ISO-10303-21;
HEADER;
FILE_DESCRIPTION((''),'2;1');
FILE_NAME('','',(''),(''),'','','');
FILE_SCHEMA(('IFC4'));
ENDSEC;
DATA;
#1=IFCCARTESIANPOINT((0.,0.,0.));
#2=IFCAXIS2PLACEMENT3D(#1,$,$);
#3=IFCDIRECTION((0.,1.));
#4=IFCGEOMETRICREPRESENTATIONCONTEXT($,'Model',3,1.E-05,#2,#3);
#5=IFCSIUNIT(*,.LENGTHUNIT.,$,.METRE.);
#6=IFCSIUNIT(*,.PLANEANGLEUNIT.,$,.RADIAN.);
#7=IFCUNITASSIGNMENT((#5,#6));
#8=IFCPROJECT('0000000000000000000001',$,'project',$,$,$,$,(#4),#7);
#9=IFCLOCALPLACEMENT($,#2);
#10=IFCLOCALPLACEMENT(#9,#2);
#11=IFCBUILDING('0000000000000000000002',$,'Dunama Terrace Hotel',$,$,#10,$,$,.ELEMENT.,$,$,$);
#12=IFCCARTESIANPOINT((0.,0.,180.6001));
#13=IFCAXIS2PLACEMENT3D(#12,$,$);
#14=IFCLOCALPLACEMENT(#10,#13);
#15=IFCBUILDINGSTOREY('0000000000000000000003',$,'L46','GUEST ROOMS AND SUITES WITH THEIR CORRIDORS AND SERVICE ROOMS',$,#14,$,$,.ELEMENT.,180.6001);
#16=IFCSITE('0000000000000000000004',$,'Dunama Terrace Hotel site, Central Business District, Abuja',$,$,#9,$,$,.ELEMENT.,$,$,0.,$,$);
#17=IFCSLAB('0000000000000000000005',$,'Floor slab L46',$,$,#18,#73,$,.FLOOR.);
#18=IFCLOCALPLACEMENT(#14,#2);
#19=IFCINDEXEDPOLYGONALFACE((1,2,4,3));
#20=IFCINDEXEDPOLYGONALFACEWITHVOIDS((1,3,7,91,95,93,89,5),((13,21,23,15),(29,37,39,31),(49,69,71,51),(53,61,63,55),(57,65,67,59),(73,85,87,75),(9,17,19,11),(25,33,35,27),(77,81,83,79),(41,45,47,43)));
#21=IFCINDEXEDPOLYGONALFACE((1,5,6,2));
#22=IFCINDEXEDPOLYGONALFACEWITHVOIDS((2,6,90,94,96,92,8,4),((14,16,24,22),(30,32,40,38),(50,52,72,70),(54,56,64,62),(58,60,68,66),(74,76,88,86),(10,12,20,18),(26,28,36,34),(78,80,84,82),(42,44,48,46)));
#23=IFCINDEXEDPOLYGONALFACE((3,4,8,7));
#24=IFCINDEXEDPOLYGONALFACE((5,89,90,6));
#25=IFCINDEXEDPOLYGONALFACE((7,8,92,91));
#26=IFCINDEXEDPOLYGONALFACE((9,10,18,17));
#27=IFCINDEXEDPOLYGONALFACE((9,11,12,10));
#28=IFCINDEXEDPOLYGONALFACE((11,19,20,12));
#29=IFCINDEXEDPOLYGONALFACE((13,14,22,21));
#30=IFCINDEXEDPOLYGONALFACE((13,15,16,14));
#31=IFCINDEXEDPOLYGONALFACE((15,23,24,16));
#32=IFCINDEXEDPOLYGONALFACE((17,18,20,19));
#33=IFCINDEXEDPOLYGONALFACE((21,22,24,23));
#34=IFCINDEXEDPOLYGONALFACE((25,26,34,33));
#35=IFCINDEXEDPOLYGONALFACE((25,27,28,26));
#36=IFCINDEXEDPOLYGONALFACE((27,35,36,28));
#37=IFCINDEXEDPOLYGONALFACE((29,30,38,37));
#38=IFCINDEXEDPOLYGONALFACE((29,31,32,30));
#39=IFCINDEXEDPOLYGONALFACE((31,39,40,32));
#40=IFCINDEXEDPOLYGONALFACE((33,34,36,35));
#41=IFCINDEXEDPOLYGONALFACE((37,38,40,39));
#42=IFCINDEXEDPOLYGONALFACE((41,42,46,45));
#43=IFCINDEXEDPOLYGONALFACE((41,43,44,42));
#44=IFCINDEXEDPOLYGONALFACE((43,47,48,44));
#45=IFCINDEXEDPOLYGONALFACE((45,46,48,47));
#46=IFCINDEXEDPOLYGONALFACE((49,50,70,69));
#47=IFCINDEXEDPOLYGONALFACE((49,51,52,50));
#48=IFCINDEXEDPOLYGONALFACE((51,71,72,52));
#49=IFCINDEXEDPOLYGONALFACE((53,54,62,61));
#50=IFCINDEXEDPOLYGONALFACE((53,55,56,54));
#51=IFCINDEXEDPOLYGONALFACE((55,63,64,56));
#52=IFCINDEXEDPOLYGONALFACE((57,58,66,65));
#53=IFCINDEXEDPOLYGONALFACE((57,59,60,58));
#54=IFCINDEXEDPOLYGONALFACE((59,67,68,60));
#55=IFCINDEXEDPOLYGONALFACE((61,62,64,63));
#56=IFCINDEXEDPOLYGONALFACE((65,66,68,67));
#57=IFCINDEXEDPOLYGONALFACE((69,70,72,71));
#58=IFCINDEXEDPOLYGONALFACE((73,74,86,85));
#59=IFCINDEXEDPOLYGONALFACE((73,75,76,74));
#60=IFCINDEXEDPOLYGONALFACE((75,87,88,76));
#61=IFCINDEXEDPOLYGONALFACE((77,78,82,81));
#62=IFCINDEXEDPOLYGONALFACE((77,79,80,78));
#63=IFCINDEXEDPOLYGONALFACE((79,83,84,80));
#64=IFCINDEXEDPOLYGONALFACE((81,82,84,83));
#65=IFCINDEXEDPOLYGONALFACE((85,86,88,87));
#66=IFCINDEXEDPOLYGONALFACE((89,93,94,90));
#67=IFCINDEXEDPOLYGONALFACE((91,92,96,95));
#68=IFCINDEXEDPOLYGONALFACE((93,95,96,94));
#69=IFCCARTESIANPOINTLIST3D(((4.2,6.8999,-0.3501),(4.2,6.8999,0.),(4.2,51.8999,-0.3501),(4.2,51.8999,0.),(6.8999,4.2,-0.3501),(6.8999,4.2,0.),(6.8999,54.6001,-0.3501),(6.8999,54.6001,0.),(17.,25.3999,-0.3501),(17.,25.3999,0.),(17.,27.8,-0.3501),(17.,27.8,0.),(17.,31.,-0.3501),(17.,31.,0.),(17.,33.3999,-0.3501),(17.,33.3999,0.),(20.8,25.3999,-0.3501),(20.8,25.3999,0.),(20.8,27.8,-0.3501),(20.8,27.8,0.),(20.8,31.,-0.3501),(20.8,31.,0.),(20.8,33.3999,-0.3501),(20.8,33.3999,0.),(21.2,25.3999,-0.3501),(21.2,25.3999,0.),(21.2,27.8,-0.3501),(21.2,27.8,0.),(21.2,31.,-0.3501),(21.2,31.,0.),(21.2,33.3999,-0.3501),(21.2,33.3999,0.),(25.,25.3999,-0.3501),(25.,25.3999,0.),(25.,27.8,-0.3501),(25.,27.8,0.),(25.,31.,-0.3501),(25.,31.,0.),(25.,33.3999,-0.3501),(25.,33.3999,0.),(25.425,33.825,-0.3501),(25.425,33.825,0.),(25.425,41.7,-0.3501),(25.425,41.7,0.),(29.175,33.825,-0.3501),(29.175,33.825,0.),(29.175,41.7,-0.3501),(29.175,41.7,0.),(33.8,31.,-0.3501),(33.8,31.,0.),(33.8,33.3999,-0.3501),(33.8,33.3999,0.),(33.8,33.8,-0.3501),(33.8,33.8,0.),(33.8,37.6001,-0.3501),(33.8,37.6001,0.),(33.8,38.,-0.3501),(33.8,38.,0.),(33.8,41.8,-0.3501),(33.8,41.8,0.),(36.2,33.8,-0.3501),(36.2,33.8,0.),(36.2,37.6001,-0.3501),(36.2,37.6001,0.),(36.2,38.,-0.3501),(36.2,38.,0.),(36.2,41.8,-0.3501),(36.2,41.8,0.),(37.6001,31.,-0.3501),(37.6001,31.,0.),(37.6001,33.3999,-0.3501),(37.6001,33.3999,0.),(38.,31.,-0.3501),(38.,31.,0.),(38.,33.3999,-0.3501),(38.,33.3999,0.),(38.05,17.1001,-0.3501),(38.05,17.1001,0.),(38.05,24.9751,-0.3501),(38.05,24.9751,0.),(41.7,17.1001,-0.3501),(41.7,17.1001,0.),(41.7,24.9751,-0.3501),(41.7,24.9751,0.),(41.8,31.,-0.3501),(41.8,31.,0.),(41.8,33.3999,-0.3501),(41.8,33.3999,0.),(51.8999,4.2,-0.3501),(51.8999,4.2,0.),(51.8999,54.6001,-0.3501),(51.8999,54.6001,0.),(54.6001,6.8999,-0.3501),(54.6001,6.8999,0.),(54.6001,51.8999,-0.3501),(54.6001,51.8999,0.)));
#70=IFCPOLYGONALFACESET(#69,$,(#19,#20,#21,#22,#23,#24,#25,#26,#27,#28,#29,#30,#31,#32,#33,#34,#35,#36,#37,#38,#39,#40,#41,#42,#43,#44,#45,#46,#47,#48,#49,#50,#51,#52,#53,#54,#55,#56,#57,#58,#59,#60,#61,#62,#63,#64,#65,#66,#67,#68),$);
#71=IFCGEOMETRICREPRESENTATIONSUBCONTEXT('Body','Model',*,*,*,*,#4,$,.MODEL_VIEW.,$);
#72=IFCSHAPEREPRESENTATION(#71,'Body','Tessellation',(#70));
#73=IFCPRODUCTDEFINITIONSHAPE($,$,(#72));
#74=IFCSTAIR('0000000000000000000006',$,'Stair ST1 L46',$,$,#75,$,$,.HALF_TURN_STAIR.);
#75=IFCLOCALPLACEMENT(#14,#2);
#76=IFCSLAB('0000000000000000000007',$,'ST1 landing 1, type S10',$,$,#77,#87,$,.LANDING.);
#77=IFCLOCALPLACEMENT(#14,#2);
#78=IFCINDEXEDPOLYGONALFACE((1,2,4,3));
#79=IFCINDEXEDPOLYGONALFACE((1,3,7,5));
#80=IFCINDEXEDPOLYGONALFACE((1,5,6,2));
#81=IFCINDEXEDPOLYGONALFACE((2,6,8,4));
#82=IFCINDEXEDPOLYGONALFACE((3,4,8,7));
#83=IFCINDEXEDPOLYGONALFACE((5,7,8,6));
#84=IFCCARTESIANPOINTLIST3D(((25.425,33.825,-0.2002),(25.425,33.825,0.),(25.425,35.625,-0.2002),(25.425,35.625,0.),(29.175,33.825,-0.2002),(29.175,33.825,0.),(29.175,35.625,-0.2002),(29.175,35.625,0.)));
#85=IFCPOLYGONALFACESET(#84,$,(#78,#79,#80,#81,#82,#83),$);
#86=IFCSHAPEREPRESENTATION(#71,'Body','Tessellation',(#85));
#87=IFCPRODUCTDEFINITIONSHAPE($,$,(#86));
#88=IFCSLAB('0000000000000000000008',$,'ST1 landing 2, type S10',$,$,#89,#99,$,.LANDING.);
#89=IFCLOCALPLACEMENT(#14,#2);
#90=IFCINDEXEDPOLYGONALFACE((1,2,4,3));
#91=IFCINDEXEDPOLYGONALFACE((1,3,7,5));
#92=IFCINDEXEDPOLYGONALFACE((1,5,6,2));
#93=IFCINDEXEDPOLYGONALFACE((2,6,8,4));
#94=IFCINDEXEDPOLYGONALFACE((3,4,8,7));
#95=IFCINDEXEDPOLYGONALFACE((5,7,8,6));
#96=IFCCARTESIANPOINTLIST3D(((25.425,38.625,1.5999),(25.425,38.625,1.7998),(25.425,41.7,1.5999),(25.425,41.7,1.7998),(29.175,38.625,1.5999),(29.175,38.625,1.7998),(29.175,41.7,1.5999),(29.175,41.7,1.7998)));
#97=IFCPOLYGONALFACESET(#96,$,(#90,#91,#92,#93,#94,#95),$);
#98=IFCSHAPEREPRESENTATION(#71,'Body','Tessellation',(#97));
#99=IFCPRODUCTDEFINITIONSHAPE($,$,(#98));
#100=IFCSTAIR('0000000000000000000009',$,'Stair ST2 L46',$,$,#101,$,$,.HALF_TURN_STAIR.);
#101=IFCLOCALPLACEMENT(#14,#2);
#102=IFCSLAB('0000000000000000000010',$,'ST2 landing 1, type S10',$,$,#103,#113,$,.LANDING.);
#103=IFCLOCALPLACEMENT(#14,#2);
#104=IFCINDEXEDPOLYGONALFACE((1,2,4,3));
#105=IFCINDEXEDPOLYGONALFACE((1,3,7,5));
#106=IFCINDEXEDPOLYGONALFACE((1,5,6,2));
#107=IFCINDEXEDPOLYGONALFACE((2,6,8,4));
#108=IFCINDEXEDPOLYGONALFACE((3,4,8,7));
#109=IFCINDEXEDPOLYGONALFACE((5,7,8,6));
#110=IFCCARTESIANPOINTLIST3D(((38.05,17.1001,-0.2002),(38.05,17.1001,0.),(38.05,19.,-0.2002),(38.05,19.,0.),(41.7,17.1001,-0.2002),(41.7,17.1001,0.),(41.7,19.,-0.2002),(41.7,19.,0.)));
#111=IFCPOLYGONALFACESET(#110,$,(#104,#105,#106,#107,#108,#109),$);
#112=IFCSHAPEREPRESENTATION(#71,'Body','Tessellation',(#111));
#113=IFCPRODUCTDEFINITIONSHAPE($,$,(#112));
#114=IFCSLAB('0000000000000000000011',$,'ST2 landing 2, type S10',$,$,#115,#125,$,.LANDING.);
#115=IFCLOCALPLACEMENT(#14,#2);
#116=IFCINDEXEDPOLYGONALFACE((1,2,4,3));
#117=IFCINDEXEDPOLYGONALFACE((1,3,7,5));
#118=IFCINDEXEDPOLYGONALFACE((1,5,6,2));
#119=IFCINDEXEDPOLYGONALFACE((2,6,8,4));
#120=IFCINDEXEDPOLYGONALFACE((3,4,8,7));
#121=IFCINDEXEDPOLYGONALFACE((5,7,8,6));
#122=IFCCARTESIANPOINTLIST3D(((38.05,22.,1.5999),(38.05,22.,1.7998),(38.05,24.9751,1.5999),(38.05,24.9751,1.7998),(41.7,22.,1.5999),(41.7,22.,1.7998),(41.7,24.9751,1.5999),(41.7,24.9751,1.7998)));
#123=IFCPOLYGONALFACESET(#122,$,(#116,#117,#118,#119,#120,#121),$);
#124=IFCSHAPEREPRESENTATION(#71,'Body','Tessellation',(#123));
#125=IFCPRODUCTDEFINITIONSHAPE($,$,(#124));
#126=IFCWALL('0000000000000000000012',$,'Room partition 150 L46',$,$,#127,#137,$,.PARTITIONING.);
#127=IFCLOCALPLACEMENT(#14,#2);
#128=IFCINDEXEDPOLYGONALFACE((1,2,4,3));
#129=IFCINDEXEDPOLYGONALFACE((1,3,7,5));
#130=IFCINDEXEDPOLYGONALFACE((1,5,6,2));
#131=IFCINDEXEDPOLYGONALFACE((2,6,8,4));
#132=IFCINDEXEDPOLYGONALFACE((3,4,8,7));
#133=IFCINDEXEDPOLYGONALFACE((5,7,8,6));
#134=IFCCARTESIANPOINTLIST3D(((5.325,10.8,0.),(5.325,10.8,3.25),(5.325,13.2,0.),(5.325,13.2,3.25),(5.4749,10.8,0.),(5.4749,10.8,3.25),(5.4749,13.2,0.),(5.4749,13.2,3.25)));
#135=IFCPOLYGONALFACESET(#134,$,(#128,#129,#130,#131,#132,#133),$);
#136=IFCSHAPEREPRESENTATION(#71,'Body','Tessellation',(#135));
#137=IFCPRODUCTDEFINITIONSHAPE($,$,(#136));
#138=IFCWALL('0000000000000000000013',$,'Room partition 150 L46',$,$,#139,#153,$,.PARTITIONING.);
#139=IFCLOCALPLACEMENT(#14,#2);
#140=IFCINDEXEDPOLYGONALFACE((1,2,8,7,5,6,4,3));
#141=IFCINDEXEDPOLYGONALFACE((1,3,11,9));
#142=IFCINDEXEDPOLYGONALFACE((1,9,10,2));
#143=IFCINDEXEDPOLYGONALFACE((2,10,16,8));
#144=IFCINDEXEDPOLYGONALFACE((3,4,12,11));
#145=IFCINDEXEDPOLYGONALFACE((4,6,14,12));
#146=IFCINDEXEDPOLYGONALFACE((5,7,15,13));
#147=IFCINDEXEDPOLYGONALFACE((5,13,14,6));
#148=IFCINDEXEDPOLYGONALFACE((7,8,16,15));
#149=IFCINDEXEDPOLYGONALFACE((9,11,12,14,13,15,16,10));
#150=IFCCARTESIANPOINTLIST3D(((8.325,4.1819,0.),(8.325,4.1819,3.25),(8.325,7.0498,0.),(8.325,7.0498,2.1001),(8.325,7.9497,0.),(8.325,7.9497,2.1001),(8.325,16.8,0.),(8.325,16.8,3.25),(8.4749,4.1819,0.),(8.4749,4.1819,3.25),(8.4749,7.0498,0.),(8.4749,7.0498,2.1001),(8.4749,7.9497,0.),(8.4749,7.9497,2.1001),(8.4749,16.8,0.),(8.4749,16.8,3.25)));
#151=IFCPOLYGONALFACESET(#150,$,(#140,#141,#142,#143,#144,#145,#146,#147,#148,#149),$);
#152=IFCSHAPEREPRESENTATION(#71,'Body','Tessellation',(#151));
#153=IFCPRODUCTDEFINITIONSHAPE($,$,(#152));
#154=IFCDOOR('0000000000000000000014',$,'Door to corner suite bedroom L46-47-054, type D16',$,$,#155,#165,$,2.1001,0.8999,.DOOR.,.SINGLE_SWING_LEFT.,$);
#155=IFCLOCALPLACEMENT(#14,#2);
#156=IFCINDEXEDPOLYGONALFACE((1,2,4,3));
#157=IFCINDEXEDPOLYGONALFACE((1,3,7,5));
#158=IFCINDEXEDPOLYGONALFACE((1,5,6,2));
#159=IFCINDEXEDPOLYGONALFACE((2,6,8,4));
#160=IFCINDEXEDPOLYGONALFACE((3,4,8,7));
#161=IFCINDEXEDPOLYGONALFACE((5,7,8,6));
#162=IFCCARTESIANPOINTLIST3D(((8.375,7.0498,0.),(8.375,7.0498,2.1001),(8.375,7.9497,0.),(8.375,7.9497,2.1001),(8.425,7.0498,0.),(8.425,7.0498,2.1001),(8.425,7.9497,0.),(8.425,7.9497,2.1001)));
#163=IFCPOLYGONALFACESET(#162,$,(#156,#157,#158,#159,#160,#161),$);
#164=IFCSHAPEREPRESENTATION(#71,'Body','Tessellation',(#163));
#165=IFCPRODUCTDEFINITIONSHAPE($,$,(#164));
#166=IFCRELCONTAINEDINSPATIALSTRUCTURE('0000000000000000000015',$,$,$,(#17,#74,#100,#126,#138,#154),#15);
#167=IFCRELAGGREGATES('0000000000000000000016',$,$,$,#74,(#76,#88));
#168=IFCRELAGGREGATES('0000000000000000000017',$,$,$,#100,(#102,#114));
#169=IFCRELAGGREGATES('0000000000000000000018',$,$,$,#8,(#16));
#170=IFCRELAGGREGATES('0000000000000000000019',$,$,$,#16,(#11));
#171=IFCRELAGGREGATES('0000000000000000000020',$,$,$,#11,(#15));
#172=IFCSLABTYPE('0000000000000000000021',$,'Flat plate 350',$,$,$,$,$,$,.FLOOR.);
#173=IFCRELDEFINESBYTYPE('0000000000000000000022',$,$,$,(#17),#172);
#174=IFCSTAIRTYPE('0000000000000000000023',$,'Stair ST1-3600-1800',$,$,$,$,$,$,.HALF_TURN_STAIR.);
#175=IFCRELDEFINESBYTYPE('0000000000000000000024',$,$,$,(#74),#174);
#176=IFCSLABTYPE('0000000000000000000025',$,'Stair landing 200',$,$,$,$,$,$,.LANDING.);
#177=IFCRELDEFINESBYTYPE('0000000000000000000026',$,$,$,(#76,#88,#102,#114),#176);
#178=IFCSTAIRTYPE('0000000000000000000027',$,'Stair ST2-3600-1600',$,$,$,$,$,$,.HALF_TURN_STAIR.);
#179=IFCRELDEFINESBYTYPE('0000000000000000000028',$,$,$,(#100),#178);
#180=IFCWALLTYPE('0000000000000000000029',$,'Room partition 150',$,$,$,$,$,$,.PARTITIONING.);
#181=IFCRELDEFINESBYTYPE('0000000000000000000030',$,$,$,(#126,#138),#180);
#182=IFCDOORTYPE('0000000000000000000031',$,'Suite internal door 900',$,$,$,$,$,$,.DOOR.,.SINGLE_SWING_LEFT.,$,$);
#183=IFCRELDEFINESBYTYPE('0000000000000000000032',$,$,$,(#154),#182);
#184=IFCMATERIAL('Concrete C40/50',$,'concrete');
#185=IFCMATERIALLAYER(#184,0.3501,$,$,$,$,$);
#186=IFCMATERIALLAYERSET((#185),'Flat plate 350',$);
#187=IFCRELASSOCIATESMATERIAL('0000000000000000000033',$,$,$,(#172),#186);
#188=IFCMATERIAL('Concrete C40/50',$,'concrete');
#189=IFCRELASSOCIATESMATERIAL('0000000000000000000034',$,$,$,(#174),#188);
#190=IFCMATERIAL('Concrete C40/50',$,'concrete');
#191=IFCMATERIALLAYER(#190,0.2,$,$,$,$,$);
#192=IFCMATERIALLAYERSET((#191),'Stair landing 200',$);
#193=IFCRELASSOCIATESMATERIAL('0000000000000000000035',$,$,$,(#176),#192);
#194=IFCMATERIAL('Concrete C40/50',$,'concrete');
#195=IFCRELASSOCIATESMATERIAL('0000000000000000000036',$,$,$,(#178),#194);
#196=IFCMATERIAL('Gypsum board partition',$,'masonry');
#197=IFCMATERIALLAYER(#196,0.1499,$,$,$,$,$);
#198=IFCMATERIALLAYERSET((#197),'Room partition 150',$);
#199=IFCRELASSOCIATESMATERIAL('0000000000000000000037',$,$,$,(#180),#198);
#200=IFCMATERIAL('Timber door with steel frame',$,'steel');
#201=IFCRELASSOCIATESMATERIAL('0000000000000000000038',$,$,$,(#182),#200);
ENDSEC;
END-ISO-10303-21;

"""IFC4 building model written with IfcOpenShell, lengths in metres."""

from ifc_helpers import new_model, si_unit, direction, frame, frame_2d, origin, place, context, subcontext, project, spatial, polyline, rectangle, outline, extrude, material, layer, layer_set, type_object, element, fill, aggregate, save


model = new_model("IFC4")

# Units and contexts
model_context = context("Model", 3, precision=1e-05, world=origin(), true_north=direction((0.0, 1.0)))
body_context = subcontext(model_context, "Body", "Model", "MODEL_VIEW")
ifc_project = project(units=[si_unit("LENGTHUNIT", "METRE"), si_unit("PLANEANGLEUNIT", "RADIAN")], contexts=[model_context])

# Site, building, storey
site_placement = place(None, origin())
site = spatial("IfcSite", under=ifc_project, at=site_placement, Name="Dunama Terrace Hotel site, Central Business District, Abuja", CompositionType="ELEMENT", RefElevation=0.0)
building_placement = place(site_placement, origin())
building = spatial("IfcBuilding", under=site, at=building_placement, Name="Dunama Terrace Hotel", CompositionType="ELEMENT")
storey_placement = place(building_placement, frame((0.0, 0.0, 180.6001)))
storey = spatial("IfcBuildingStorey", under=building, at=storey_placement, Name="L46", Description="GUEST ROOMS AND SUITES WITH THEIR CORRIDORS AND SERVICE ROOMS", CompositionType="ELEMENT", Elevation=180.6001)

# Slab
ifc_material_1 = material(Name="Concrete C40/50", Category="concrete")
ifc_layer_1 = layer(ifc_material_1, 0.3501)
ifc_layer_set_1 = layer_set([ifc_layer_1], Name="Flat plate 350")
slab_type_1 = type_object("IfcSlabType", Name="Flat plate 350", PredefinedType="FLOOR", material=ifc_layer_set_1)
slab_1_placement = place(storey_placement, frame((0.0, 0.0, -0.3501)))
element("IfcSlab", 1, at=slab_1_placement, inside=storey, type_object=slab_type_1, Name="Floor slab L46", PredefinedType="FLOOR", context=body_context, shape_type="SweptSolid", body=[
    extrude(outline(polyline([(6.8999, 4.2), (51.8999, 4.2), (54.6001, 6.8999), (54.6001, 51.8999), (51.8999, 54.6001), (6.8999, 54.6001), (4.2, 51.8999), (4.2, 6.8999), (6.8999, 4.2)]), holes=[polyline([(20.8, 25.3999), (20.8, 27.8), (17.0, 27.8), (17.0, 25.3999), (20.8, 25.3999)]), polyline([(25.0, 25.3999), (25.0, 27.8), (21.2, 27.8), (21.2, 25.3999), (25.0, 25.3999)]), polyline([(20.8, 31.0), (20.8, 33.3999), (17.0, 33.3999), (17.0, 31.0), (20.8, 31.0)]), polyline([(25.0, 31.0), (25.0, 33.3999), (21.2, 33.3999), (21.2, 31.0), (25.0, 31.0)]), polyline([(37.6001, 31.0), (37.6001, 33.3999), (33.8, 33.3999), (33.8, 31.0), (37.6001, 31.0)]), polyline([(41.8, 31.0), (41.8, 33.3999), (38.0, 33.3999), (38.0, 31.0), (41.8, 31.0)]), polyline([(36.2, 38.0), (36.2, 41.8), (33.8, 41.8), (33.8, 38.0), (36.2, 38.0)]), polyline([(36.2, 33.8), (36.2, 37.6001), (33.8, 37.6001), (33.8, 33.8), (36.2, 33.8)]), polyline([(29.175, 33.825), (29.175, 41.7), (25.425, 41.7), (25.425, 33.825), (29.175, 33.825)]), polyline([(41.7, 17.1001), (41.7, 24.9751), (38.05, 24.9751), (38.05, 17.1001), (41.7, 17.1001)])]), origin(), (0.0, 0.0, 1.0), 0.3501),
])

# Stairs, slabs
ifc_material_2 = material(Name="Concrete C40/50", Category="concrete")
stair_type_1 = type_object("IfcStairType", Name="Stair ST1-3600-1800", PredefinedType="HALF_TURN_STAIR", material=ifc_material_2)
stair_1_placement = place(storey_placement, origin())
stair_1 = element("IfcStair", 2, at=stair_1_placement, inside=storey, type_object=stair_type_1, Name="Stair ST1 L46", PredefinedType="HALF_TURN_STAIR")
ifc_material_3 = material(Name="Concrete C40/50", Category="concrete")
ifc_layer_2 = layer(ifc_material_3, 0.2)
ifc_layer_set_2 = layer_set([ifc_layer_2], Name="Stair landing 200")
slab_type_2 = type_object("IfcSlabType", Name="Stair landing 200", PredefinedType="LANDING", material=ifc_layer_set_2)
slab_2_placement = place(storey_placement, frame((0.0, 0.0, -0.2002)))
slab_2 = element("IfcSlab", 3, at=slab_2_placement, type_object=slab_type_2, Name="ST1 landing 1, type S10", PredefinedType="LANDING", context=body_context, shape_type="SweptSolid", body=[
    extrude(outline(polyline([(25.425, 33.825), (29.175, 33.825), (29.175, 35.625), (25.425, 35.625), (25.425, 33.825)])), origin(), (0.0, 0.0, 1.0), 0.2002),
])
slab_3_placement = place(storey_placement, frame((0.0, 0.0, 1.5999)))
slab_3 = element("IfcSlab", 4, at=slab_3_placement, type_object=slab_type_2, Name="ST1 landing 2, type S10", PredefinedType="LANDING", context=body_context, shape_type="SweptSolid", body=[
    extrude(outline(polyline([(25.425, 38.625), (29.175, 38.625), (29.175, 41.7), (25.425, 41.7), (25.425, 38.625)])), origin(), (0.0, 0.0, 1.0), 0.2),
])
aggregate(stair_1, [slab_2, slab_3])
ifc_material_4 = material(Name="Concrete C40/50", Category="concrete")
stair_type_2 = type_object("IfcStairType", Name="Stair ST2-3600-1600", PredefinedType="HALF_TURN_STAIR", material=ifc_material_4)
stair_2_placement = place(storey_placement, origin())
stair_2 = element("IfcStair", 5, at=stair_2_placement, inside=storey, type_object=stair_type_2, Name="Stair ST2 L46", PredefinedType="HALF_TURN_STAIR")
slab_4_placement = place(storey_placement, frame((0.0, 0.0, -0.2002)))
slab_4 = element("IfcSlab", 6, at=slab_4_placement, type_object=slab_type_2, Name="ST2 landing 1, type S10", PredefinedType="LANDING", context=body_context, shape_type="SweptSolid", body=[
    extrude(outline(polyline([(38.05, 17.1001), (41.7, 17.1001), (41.7, 19.0), (38.05, 19.0), (38.05, 17.1001)])), origin(), (0.0, 0.0, 1.0), 0.2002),
])
slab_5_placement = place(storey_placement, frame((0.0, 0.0, 1.5999)))
slab_5 = element("IfcSlab", 7, at=slab_5_placement, type_object=slab_type_2, Name="ST2 landing 2, type S10", PredefinedType="LANDING", context=body_context, shape_type="SweptSolid", body=[
    extrude(outline(polyline([(38.05, 22.0), (41.7, 22.0), (41.7, 24.9751), (38.05, 24.9751), (38.05, 22.0)])), origin(), (0.0, 0.0, 1.0), 0.2),
])
aggregate(stair_2, [slab_4, slab_5])

# Wall
ifc_material_5 = material(Name="Gypsum board partition", Category="masonry")
ifc_layer_3 = layer(ifc_material_5, 0.1499)
ifc_layer_set_3 = layer_set([ifc_layer_3], Name="Room partition 150")
wall_type = type_object("IfcWallType", Name="Room partition 150", PredefinedType="PARTITIONING", material=ifc_layer_set_3)
wall_1_placement = place(storey_placement, frame((5.3999, 10.8, 0.0), z_axis=(0.0, 0.0, 1.0), x_axis=(0.0, 1.0, 0.0)))
element("IfcWall", 8, at=wall_1_placement, inside=storey, type_object=wall_type, Name="Room partition 150 L46", PredefinedType="PARTITIONING", context=body_context, shape_type="SweptSolid", body=[
    extrude(rectangle(XDim=2.3999, YDim=0.1499, at=frame_2d((1.2, 0.0))), origin(), (0.0, 0.0, 1.0), 3.25),
])

# Wall, opening, door
wall_2_placement = place(storey_placement, frame((8.3999, 4.1819, 0.0), z_axis=(0.0, 0.0, 1.0), x_axis=(0.0, 1.0, 0.0)))
wall_2 = element("IfcWall", 9, at=wall_2_placement, inside=storey, type_object=wall_type, Name="Room partition 150 L46", PredefinedType="PARTITIONING", context=body_context, shape_type="SweptSolid", body=[
    extrude(rectangle(XDim=12.6182, YDim=0.1499, at=frame_2d((6.3091, 0.0))), origin(), (0.0, 0.0, 1.0), 3.25),
])
opening_1_placement = place(wall_2_placement, frame((2.8679, 0.0, 0.0)))
opening_1 = element("IfcOpeningElement", 10, at=opening_1_placement, cuts=wall_2, PredefinedType="OPENING", context=body_context, shape_type="SweptSolid", body=[
    extrude(rectangle(XDim=0.8999, YDim=2.1001, at=frame_2d((0.45, 1.05))), frame((0.0, 0.085, 0.0), z_axis=(0.0, -1.0, 0.0), x_axis=(1.0, 0.0, 0.0)), (0.0, 0.0, 1.0), 0.1699),
])
ifc_material_6 = material(Name="Timber door with steel frame", Category="steel")
door_type = type_object("IfcDoorType", Name="Suite internal door 900", OperationType="SINGLE_SWING_LEFT", PredefinedType="DOOR", material=ifc_material_6)
door_1_placement = place(opening_1_placement, origin())
door_1 = element("IfcDoor", 11, at=door_1_placement, inside=storey, type_object=door_type, Name="Door to corner suite bedroom L46-47-054, type D16", OperationType="SINGLE_SWING_LEFT", OverallHeight=2.1001, OverallWidth=0.8999, PredefinedType="DOOR", context=body_context, shape_type="SweptSolid", body=[
    extrude(rectangle(XDim=0.8999, YDim=2.1001, at=frame_2d((0.45, 1.05))), frame((0.0, 0.0249, 0.0), z_axis=(0.0, -1.0, 0.0), x_axis=(1.0, 0.0, 0.0)), (0.0, 0.0, 1.0), 0.05),
])
fill(opening_1, door_1)

save(model, "model.ifc")
